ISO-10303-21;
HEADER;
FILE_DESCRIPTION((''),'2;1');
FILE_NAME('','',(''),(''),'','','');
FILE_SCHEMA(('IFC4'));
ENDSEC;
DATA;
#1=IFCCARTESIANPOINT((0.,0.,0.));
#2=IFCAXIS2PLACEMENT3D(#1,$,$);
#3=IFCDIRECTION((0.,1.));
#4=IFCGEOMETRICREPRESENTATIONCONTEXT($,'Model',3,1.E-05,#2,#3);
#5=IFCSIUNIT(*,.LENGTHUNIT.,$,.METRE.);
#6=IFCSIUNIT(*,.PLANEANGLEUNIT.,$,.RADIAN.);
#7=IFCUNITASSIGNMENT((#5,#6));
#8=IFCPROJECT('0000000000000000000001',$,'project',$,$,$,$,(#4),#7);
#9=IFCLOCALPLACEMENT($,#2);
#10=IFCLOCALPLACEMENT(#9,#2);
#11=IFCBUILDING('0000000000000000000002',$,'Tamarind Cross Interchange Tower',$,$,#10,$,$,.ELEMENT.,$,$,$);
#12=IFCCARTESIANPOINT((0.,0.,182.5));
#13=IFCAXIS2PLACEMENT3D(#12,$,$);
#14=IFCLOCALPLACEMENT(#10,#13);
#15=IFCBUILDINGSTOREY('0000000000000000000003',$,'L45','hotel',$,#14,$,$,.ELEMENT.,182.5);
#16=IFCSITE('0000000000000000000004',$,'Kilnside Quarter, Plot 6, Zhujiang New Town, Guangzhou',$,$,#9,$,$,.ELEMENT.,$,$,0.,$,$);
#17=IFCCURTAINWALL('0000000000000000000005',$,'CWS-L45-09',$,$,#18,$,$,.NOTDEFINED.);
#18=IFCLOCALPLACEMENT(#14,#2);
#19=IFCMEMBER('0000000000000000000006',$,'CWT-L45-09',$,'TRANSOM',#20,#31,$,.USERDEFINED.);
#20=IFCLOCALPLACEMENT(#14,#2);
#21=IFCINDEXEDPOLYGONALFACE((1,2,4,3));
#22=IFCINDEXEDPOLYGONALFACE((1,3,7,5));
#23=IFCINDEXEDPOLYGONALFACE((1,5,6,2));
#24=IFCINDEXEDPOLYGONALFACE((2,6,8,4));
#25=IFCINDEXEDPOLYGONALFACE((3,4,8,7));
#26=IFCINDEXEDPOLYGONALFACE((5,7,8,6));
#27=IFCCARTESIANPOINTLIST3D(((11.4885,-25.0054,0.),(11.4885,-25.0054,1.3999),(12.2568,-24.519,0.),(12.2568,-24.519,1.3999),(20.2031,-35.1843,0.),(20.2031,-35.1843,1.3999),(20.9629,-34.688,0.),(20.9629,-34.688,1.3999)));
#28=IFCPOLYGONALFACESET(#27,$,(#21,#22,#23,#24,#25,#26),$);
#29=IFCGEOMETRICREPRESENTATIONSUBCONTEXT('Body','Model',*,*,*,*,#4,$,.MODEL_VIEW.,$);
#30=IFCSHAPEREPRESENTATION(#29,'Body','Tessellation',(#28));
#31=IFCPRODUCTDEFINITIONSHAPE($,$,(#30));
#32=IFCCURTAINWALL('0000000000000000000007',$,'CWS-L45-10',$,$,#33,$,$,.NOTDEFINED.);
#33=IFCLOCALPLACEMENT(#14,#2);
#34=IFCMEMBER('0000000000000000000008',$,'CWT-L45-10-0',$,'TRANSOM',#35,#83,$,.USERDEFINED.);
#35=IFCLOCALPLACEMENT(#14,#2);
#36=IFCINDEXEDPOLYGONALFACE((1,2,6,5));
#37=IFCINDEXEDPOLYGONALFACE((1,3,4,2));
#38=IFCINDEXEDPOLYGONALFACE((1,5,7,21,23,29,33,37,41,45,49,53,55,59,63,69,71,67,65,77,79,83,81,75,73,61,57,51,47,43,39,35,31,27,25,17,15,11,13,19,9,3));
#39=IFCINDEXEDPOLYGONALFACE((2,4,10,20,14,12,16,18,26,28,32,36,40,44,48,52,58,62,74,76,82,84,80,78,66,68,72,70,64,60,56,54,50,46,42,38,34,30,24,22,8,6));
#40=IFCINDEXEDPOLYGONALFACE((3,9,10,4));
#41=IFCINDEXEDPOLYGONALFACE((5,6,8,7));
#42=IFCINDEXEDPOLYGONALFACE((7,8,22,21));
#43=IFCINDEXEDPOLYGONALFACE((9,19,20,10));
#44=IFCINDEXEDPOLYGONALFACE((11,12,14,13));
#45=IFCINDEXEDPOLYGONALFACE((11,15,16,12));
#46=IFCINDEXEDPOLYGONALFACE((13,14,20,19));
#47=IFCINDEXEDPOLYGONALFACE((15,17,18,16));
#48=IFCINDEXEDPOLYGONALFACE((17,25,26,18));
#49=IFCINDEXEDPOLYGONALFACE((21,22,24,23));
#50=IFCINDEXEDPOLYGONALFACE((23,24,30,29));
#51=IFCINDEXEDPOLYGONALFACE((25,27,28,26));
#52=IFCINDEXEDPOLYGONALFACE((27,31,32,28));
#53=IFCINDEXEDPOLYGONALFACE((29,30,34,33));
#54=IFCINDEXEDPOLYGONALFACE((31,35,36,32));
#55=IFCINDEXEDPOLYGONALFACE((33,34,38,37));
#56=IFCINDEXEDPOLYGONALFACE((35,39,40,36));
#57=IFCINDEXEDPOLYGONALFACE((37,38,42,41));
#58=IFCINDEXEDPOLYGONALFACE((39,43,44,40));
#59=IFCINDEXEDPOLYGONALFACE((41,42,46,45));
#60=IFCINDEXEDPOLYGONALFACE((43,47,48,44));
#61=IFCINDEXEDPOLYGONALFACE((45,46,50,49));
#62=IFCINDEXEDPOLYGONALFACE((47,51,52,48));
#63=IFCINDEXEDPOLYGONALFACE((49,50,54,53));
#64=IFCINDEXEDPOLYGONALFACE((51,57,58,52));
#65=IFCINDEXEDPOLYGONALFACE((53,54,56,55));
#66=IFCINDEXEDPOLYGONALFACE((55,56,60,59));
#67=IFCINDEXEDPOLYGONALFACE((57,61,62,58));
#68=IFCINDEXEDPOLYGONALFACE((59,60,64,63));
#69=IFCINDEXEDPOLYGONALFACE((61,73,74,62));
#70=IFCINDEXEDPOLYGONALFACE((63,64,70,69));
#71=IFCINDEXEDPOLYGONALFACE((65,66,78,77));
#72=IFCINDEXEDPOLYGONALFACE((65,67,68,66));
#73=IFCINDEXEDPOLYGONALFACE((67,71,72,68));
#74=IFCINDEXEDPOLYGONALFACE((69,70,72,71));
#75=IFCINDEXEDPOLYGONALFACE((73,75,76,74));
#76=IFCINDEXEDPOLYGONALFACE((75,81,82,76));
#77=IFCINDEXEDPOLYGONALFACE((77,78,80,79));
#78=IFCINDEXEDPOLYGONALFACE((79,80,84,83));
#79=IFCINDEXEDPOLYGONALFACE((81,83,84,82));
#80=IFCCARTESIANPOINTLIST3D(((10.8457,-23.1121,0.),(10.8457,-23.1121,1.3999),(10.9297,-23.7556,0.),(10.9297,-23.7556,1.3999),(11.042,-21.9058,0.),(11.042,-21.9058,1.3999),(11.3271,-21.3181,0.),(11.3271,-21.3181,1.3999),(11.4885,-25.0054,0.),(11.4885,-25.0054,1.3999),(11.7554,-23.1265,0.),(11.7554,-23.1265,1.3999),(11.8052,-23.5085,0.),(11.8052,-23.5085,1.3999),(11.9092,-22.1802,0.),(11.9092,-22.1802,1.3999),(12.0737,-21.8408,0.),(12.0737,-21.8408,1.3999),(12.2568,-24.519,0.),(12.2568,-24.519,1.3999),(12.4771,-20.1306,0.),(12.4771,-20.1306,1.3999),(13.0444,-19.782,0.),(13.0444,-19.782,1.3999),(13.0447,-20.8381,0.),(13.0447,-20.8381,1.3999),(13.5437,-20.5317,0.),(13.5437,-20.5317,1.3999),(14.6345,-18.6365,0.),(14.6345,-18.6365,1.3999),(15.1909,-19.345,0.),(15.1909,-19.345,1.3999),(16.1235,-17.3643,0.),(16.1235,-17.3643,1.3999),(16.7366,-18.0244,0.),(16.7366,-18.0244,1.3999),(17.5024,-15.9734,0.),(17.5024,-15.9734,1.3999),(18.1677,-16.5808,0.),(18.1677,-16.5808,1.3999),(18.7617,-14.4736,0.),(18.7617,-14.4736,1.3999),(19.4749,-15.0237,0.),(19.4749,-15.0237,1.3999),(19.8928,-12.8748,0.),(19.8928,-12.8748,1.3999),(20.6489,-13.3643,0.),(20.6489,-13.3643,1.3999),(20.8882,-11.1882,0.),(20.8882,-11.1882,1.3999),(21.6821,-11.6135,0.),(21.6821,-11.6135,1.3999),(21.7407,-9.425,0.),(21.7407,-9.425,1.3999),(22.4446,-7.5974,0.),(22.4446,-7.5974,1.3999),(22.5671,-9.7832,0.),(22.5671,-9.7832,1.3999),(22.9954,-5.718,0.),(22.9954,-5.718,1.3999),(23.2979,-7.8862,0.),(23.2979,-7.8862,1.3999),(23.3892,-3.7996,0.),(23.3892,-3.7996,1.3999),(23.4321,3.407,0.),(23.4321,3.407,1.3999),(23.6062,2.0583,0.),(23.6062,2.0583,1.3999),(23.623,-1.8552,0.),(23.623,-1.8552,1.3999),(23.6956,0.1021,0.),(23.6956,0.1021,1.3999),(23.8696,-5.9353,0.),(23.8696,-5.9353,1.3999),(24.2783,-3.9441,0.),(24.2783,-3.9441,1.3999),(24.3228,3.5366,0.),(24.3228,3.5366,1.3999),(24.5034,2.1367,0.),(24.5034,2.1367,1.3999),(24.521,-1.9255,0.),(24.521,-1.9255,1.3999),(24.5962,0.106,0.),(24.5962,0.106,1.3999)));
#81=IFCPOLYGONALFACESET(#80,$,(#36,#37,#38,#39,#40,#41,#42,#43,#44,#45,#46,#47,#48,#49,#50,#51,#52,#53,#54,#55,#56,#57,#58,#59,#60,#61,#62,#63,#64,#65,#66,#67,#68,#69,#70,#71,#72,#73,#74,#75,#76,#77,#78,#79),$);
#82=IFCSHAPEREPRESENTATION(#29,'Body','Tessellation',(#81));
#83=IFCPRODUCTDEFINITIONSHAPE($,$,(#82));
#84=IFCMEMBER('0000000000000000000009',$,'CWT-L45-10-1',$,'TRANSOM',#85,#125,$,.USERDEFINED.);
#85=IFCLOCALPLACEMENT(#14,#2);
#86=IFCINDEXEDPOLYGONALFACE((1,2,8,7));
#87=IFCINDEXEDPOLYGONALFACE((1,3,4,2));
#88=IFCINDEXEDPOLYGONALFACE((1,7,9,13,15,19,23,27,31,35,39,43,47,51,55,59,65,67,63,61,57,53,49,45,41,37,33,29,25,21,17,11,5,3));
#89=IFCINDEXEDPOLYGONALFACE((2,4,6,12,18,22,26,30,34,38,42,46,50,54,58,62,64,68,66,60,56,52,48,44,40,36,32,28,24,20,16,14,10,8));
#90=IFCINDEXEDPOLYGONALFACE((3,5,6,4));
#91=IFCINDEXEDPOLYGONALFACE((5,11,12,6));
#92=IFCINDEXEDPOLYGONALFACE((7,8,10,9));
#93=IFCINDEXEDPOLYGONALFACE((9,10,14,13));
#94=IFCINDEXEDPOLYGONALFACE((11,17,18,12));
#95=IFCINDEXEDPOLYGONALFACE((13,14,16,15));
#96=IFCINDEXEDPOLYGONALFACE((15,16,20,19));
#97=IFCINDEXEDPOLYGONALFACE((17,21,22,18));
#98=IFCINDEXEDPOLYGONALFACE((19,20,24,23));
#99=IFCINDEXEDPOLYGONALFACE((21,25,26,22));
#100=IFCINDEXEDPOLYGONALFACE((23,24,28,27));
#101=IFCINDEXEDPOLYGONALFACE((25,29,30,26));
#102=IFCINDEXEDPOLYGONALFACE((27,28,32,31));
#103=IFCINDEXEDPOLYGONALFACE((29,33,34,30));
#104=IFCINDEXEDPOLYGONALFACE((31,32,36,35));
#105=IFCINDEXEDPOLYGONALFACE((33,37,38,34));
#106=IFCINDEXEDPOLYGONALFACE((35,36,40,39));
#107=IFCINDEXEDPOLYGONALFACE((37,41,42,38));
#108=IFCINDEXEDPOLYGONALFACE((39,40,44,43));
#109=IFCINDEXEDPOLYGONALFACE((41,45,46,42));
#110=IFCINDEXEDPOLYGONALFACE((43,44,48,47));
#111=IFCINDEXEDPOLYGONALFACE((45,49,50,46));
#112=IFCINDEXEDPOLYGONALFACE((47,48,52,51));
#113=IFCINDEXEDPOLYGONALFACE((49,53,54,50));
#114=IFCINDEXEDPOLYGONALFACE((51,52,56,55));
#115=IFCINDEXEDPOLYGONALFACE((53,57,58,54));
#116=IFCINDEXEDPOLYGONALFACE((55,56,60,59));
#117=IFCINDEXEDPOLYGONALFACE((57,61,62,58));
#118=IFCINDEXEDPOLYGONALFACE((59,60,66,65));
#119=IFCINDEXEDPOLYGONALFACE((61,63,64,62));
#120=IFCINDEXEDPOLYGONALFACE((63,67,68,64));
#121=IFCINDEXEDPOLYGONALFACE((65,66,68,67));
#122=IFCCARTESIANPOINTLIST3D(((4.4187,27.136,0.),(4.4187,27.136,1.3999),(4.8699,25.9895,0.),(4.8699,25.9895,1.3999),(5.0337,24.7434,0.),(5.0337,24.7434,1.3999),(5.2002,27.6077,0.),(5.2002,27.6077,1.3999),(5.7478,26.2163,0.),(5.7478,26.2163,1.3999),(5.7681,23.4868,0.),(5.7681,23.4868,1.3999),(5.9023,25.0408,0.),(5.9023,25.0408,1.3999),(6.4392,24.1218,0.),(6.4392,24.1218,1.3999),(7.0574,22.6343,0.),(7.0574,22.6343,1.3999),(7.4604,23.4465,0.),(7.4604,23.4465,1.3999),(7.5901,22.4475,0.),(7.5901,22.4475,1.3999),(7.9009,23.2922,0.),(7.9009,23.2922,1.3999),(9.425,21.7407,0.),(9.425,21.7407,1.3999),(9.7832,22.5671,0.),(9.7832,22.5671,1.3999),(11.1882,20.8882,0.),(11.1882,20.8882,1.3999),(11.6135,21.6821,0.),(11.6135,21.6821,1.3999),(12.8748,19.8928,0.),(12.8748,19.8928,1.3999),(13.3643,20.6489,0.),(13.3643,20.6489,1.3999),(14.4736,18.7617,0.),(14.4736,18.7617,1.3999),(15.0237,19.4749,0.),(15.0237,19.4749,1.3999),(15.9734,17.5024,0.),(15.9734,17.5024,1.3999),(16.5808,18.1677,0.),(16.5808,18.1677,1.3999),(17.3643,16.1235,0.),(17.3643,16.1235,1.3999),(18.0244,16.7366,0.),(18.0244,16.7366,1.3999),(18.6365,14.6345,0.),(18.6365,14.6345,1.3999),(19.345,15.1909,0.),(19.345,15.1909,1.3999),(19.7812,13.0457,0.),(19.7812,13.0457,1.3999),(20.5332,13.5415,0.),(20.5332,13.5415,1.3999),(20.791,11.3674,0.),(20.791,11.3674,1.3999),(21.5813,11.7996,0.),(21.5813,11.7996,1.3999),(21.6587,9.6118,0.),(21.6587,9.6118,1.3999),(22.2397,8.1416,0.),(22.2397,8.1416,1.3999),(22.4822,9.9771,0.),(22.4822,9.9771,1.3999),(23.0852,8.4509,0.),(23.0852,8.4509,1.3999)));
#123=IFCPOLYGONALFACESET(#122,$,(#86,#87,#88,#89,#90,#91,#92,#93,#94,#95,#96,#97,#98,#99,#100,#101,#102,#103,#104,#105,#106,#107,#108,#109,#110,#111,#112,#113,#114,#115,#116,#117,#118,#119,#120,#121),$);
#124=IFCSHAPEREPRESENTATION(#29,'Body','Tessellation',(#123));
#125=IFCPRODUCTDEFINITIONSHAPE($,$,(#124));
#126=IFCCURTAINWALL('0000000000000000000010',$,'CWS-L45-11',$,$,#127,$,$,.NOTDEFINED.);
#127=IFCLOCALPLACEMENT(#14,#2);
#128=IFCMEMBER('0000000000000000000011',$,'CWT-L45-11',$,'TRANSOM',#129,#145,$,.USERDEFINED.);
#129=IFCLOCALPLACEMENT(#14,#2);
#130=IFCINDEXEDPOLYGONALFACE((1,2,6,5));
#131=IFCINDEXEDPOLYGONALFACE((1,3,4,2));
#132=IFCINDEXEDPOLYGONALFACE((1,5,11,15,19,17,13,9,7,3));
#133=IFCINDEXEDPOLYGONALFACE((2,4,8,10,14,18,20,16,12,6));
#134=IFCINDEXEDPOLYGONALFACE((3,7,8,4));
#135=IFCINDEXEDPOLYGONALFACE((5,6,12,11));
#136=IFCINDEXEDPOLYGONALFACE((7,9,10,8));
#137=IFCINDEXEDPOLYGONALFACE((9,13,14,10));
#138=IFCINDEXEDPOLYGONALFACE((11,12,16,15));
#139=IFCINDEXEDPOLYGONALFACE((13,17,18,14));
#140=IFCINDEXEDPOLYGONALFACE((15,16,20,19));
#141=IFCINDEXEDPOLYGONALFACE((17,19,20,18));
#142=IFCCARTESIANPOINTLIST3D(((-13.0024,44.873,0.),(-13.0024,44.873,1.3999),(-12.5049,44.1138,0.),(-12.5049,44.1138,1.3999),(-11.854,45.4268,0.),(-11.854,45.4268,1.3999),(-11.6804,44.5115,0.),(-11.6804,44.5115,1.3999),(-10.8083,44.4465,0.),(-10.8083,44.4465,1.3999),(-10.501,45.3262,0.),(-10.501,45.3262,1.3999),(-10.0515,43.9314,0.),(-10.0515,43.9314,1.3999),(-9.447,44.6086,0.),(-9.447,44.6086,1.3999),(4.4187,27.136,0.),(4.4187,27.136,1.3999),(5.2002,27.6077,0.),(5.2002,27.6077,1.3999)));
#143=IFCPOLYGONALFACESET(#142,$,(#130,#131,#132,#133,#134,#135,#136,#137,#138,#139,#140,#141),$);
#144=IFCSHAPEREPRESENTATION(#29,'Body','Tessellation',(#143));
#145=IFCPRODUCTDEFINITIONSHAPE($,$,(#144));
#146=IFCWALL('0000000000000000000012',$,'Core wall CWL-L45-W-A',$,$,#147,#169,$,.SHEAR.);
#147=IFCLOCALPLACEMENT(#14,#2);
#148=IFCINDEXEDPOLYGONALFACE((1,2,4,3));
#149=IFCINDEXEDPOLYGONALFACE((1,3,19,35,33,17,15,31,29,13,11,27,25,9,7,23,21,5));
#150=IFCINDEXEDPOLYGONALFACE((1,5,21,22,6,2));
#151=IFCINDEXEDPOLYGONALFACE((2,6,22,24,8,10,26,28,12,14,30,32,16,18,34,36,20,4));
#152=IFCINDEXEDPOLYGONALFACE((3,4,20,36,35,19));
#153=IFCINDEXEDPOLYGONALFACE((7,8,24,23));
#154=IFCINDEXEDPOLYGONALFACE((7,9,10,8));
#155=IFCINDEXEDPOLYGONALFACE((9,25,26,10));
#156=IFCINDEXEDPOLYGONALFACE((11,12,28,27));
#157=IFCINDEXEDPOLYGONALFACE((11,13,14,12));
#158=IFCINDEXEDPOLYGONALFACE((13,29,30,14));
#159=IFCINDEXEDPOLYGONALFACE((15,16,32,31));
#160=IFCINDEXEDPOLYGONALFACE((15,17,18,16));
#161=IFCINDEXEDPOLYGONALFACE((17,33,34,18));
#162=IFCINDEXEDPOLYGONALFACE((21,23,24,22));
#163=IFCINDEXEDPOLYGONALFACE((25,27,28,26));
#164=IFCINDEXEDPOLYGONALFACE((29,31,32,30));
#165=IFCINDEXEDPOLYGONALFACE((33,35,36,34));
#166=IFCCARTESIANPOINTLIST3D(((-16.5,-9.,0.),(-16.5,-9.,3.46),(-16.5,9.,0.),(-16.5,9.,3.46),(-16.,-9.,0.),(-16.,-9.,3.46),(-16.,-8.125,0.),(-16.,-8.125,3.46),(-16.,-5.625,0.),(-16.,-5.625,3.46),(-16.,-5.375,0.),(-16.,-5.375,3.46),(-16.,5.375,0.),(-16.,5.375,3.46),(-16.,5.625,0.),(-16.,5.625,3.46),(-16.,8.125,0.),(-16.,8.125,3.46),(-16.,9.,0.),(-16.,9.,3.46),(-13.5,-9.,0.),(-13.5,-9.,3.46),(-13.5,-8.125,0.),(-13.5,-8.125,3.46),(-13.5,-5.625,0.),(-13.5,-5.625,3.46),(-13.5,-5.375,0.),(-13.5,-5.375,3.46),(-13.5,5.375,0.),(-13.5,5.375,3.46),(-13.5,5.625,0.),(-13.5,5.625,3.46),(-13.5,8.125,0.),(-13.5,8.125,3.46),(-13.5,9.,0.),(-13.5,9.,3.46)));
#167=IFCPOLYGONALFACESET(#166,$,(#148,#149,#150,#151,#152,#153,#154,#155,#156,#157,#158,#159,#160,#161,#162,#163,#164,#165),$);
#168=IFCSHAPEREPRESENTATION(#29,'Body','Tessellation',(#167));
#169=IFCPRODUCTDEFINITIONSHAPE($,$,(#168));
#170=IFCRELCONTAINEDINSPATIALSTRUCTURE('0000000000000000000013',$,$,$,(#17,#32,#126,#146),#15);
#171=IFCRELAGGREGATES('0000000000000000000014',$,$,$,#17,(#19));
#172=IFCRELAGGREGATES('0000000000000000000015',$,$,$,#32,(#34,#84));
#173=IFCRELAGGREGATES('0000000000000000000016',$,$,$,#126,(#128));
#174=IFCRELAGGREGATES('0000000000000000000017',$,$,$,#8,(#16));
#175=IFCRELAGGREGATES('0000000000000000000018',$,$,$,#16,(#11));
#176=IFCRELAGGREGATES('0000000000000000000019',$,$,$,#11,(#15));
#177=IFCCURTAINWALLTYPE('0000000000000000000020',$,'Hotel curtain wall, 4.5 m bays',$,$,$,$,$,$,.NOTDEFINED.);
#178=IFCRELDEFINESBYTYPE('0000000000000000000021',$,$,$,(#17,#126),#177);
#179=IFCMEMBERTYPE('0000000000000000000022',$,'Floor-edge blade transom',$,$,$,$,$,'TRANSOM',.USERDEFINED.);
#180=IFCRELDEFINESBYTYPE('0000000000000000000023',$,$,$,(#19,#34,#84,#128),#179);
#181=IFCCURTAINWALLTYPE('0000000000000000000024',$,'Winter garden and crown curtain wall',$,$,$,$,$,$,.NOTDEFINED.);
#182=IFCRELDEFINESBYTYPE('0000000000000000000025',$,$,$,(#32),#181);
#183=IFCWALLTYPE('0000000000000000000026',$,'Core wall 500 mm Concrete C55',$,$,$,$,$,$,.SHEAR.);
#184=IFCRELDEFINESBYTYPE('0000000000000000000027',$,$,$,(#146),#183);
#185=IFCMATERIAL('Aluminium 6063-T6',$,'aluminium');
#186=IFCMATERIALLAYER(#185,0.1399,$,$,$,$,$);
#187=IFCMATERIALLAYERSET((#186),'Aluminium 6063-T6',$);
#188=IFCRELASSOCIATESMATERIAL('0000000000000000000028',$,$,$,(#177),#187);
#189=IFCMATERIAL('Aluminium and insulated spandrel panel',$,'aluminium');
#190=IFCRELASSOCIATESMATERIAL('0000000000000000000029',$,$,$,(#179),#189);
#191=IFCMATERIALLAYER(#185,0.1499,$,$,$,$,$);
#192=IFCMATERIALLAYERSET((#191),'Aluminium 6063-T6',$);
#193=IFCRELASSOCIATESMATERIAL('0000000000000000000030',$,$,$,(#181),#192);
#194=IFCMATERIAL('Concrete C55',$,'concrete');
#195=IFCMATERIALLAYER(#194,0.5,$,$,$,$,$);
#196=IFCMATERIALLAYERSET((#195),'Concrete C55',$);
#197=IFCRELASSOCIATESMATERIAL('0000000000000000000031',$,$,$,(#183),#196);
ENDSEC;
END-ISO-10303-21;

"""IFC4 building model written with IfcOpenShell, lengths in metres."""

from ifc_helpers import new_model, si_unit, direction, frame, origin, place, context, subcontext, project, spatial, polyline, outline, extrude, material, layer, layer_set, type_object, element, aggregate, save


model = new_model("IFC4")

# Units and contexts
model_context = context("Model", 3, precision=1e-05, world=origin(), true_north=direction((0.0, 1.0)))
body_context = subcontext(model_context, "Body", "Model", "MODEL_VIEW")
ifc_project = project(units=[si_unit("LENGTHUNIT", "METRE"), si_unit("PLANEANGLEUNIT", "RADIAN")], contexts=[model_context])

# Site, building, storey
site_placement = place(None, origin())
site = spatial("IfcSite", under=ifc_project, at=site_placement, Name="Kilnside Quarter, Plot 6, Zhujiang New Town, Guangzhou", CompositionType="ELEMENT", RefElevation=0.0)
building_placement = place(site_placement, origin())
building = spatial("IfcBuilding", under=site, at=building_placement, Name="Tamarind Cross Interchange Tower", CompositionType="ELEMENT")
storey_placement = place(building_placement, frame((0.0, 0.0, 182.5)))
storey = spatial("IfcBuildingStorey", under=building, at=storey_placement, Name="L45", Description="hotel", CompositionType="ELEMENT", Elevation=182.5)

# Curtain wall, member
ifc_material_1 = material(Name="Aluminium 6063-T6", Category="aluminium")
ifc_layer_1 = layer(ifc_material_1, 0.1399)
ifc_layer_set_1 = layer_set([ifc_layer_1], Name="Aluminium 6063-T6")
curtain_wall_type_1 = type_object("IfcCurtainWallType", Name="Hotel curtain wall, 4.5 m bays", PredefinedType="NOTDEFINED", material=ifc_layer_set_1)
curtain_wall_1_placement = place(storey_placement, origin())
curtain_wall_1 = element("IfcCurtainWall", 1, at=curtain_wall_1_placement, inside=storey, type_object=curtain_wall_type_1, Name="CWS-L45-09", PredefinedType="NOTDEFINED")
ifc_material_2 = material(Name="Aluminium and insulated spandrel panel", Category="aluminium")
member_type = type_object("IfcMemberType", Name="Floor-edge blade transom", ElementType="TRANSOM", PredefinedType="USERDEFINED", material=ifc_material_2)
member_1_placement = place(storey_placement, origin())
member_1 = element("IfcMember", 2, at=member_1_placement, type_object=member_type, Name="CWT-L45-09", ObjectType="TRANSOM", PredefinedType="USERDEFINED", context=body_context, shape_type="SweptSolid", body=[
    extrude(outline(polyline([(20.2031, -35.1843), (11.4885, -25.0054), (12.2568, -24.519), (20.9629, -34.688), (20.2031, -35.1843)])), origin(), (0.0, 0.0, 1.0), 1.3999),
])
aggregate(curtain_wall_1, [member_1])

# Curtain wall, members
ifc_layer_2 = layer(ifc_material_1, 0.1499)
ifc_layer_set_2 = layer_set([ifc_layer_2], Name="Aluminium 6063-T6")
curtain_wall_type_2 = type_object("IfcCurtainWallType", Name="Winter garden and crown curtain wall", PredefinedType="NOTDEFINED", material=ifc_layer_set_2)
curtain_wall_2_placement = place(storey_placement, origin())
curtain_wall_2 = element("IfcCurtainWall", 3, at=curtain_wall_2_placement, inside=storey, type_object=curtain_wall_type_2, Name="CWS-L45-10", PredefinedType="NOTDEFINED")
member_2_placement = place(storey_placement, origin())
member_2 = element("IfcMember", 4, at=member_2_placement, type_object=member_type, Name="CWT-L45-10-0", ObjectType="TRANSOM", PredefinedType="USERDEFINED", context=body_context, shape_type="SweptSolid", body=[
    extrude(outline(polyline([(11.4885, -25.0054), (10.9297, -23.7556), (10.8457, -23.1121), (11.042, -21.9058), (11.3271, -21.3181), (12.4771, -20.1306), (13.0444, -19.782), (14.6345, -18.6365), (16.1235, -17.3643), (17.5024, -15.9734), (18.7617, -14.4736), (19.8928, -12.8748), (20.8882, -11.1882), (21.7407, -9.425), (22.4446, -7.5974), (22.9954, -5.718), (23.3892, -3.7996), (23.623, -1.8552), (23.6956, 0.1021), (23.6062, 2.0583), (23.4321, 3.407), (24.3228, 3.5366), (24.5034, 2.1367), (24.5962, 0.106), (24.521, -1.9255), (24.2783, -3.9441), (23.8696, -5.9353), (23.2979, -7.8862), (22.5671, -9.7832), (21.6821, -11.6135), (20.6489, -13.3643), (19.4749, -15.0237), (18.1677, -16.5808), (16.7366, -18.0244), (15.1909, -19.345), (13.5437, -20.5317), (13.0447, -20.8381), (12.0737, -21.8408), (11.9092, -22.1802), (11.7554, -23.1265), (11.8052, -23.5085), (12.2568, -24.519), (11.4885, -25.0054)])), origin(), (0.0, 0.0, 1.0), 1.3999),
])
member_3_placement = place(storey_placement, origin())
member_3 = element("IfcMember", 5, at=member_3_placement, type_object=member_type, Name="CWT-L45-10-1", ObjectType="TRANSOM", PredefinedType="USERDEFINED", context=body_context, shape_type="SweptSolid", body=[
    extrude(outline(polyline([(22.2397, 8.1416), (21.6587, 9.6118), (20.791, 11.3674), (19.7812, 13.0457), (18.6365, 14.6345), (17.3643, 16.1235), (15.9734, 17.5024), (14.4736, 18.7617), (12.8748, 19.8928), (11.1882, 20.8882), (9.425, 21.7407), (7.5901, 22.4475), (7.0574, 22.6343), (5.7681, 23.4868), (5.0337, 24.7434), (4.8699, 25.9895), (4.4187, 27.136), (5.2002, 27.6077), (5.7478, 26.2163), (5.9023, 25.0408), (6.4392, 24.1218), (7.4604, 23.4465), (7.9009, 23.2922), (9.7832, 22.5671), (11.6135, 21.6821), (13.3643, 20.6489), (15.0237, 19.4749), (16.5808, 18.1677), (18.0244, 16.7366), (19.345, 15.1909), (20.5332, 13.5415), (21.5813, 11.7996), (22.4822, 9.9771), (23.0852, 8.4509), (22.2397, 8.1416)])), origin(), (0.0, 0.0, 1.0), 1.3999),
])
aggregate(curtain_wall_2, [member_2, member_3])

# Curtain wall, member
curtain_wall_3_placement = place(storey_placement, origin())
curtain_wall_3 = element("IfcCurtainWall", 6, at=curtain_wall_3_placement, inside=storey, type_object=curtain_wall_type_1, Name="CWS-L45-11", PredefinedType="NOTDEFINED")
member_4_placement = place(storey_placement, origin())
member_4 = element("IfcMember", 7, at=member_4_placement, type_object=member_type, Name="CWT-L45-11", ObjectType="TRANSOM", PredefinedType="USERDEFINED", context=body_context, shape_type="SweptSolid", body=[
    extrude(outline(polyline([(4.4187, 27.136), (-10.0515, 43.9314), (-10.8083, 44.4465), (-11.6804, 44.5115), (-12.5049, 44.1138), (-13.0024, 44.873), (-11.854, 45.4268), (-10.501, 45.3262), (-9.447, 44.6086), (5.2002, 27.6077), (4.4187, 27.136)])), origin(), (0.0, 0.0, 1.0), 1.3999),
])
aggregate(curtain_wall_3, [member_4])

# Wall
ifc_material_3 = material(Name="Concrete C55", Category="concrete")
ifc_layer_3 = layer(ifc_material_3, 0.5)
ifc_layer_set_3 = layer_set([ifc_layer_3], Name="Concrete C55")
wall_type_1 = type_object("IfcWallType", Name="Core wall 500 mm Concrete C55", PredefinedType="SHEAR", material=ifc_layer_set_3)
wall_1_placement = place(storey_placement, origin())
element("IfcWall", 8, at=wall_1_placement, inside=storey, type_object=wall_type_1, Name="Core wall CWL-L45-W-A", PredefinedType="SHEAR", context=body_context, shape_type="SweptSolid", body=[
    extrude(outline(polyline([(-13.5, -8.125), (-16.0, -8.125), (-16.0, -5.625), (-13.5, -5.625), (-13.5, -5.375), (-16.0, -5.375), (-16.0, 5.375), (-13.5, 5.375), (-13.5, 5.625), (-16.0, 5.625), (-16.0, 8.125), (-13.5, 8.125), (-13.5, 9.0), (-16.0, 9.0), (-16.5, 9.0), (-16.5, -9.0), (-16.0, -9.0), (-13.5, -9.0), (-13.5, -8.125)])), origin(), (0.0, 0.0, 1.0), 3.46),
])

save(model, "model.ifc")
